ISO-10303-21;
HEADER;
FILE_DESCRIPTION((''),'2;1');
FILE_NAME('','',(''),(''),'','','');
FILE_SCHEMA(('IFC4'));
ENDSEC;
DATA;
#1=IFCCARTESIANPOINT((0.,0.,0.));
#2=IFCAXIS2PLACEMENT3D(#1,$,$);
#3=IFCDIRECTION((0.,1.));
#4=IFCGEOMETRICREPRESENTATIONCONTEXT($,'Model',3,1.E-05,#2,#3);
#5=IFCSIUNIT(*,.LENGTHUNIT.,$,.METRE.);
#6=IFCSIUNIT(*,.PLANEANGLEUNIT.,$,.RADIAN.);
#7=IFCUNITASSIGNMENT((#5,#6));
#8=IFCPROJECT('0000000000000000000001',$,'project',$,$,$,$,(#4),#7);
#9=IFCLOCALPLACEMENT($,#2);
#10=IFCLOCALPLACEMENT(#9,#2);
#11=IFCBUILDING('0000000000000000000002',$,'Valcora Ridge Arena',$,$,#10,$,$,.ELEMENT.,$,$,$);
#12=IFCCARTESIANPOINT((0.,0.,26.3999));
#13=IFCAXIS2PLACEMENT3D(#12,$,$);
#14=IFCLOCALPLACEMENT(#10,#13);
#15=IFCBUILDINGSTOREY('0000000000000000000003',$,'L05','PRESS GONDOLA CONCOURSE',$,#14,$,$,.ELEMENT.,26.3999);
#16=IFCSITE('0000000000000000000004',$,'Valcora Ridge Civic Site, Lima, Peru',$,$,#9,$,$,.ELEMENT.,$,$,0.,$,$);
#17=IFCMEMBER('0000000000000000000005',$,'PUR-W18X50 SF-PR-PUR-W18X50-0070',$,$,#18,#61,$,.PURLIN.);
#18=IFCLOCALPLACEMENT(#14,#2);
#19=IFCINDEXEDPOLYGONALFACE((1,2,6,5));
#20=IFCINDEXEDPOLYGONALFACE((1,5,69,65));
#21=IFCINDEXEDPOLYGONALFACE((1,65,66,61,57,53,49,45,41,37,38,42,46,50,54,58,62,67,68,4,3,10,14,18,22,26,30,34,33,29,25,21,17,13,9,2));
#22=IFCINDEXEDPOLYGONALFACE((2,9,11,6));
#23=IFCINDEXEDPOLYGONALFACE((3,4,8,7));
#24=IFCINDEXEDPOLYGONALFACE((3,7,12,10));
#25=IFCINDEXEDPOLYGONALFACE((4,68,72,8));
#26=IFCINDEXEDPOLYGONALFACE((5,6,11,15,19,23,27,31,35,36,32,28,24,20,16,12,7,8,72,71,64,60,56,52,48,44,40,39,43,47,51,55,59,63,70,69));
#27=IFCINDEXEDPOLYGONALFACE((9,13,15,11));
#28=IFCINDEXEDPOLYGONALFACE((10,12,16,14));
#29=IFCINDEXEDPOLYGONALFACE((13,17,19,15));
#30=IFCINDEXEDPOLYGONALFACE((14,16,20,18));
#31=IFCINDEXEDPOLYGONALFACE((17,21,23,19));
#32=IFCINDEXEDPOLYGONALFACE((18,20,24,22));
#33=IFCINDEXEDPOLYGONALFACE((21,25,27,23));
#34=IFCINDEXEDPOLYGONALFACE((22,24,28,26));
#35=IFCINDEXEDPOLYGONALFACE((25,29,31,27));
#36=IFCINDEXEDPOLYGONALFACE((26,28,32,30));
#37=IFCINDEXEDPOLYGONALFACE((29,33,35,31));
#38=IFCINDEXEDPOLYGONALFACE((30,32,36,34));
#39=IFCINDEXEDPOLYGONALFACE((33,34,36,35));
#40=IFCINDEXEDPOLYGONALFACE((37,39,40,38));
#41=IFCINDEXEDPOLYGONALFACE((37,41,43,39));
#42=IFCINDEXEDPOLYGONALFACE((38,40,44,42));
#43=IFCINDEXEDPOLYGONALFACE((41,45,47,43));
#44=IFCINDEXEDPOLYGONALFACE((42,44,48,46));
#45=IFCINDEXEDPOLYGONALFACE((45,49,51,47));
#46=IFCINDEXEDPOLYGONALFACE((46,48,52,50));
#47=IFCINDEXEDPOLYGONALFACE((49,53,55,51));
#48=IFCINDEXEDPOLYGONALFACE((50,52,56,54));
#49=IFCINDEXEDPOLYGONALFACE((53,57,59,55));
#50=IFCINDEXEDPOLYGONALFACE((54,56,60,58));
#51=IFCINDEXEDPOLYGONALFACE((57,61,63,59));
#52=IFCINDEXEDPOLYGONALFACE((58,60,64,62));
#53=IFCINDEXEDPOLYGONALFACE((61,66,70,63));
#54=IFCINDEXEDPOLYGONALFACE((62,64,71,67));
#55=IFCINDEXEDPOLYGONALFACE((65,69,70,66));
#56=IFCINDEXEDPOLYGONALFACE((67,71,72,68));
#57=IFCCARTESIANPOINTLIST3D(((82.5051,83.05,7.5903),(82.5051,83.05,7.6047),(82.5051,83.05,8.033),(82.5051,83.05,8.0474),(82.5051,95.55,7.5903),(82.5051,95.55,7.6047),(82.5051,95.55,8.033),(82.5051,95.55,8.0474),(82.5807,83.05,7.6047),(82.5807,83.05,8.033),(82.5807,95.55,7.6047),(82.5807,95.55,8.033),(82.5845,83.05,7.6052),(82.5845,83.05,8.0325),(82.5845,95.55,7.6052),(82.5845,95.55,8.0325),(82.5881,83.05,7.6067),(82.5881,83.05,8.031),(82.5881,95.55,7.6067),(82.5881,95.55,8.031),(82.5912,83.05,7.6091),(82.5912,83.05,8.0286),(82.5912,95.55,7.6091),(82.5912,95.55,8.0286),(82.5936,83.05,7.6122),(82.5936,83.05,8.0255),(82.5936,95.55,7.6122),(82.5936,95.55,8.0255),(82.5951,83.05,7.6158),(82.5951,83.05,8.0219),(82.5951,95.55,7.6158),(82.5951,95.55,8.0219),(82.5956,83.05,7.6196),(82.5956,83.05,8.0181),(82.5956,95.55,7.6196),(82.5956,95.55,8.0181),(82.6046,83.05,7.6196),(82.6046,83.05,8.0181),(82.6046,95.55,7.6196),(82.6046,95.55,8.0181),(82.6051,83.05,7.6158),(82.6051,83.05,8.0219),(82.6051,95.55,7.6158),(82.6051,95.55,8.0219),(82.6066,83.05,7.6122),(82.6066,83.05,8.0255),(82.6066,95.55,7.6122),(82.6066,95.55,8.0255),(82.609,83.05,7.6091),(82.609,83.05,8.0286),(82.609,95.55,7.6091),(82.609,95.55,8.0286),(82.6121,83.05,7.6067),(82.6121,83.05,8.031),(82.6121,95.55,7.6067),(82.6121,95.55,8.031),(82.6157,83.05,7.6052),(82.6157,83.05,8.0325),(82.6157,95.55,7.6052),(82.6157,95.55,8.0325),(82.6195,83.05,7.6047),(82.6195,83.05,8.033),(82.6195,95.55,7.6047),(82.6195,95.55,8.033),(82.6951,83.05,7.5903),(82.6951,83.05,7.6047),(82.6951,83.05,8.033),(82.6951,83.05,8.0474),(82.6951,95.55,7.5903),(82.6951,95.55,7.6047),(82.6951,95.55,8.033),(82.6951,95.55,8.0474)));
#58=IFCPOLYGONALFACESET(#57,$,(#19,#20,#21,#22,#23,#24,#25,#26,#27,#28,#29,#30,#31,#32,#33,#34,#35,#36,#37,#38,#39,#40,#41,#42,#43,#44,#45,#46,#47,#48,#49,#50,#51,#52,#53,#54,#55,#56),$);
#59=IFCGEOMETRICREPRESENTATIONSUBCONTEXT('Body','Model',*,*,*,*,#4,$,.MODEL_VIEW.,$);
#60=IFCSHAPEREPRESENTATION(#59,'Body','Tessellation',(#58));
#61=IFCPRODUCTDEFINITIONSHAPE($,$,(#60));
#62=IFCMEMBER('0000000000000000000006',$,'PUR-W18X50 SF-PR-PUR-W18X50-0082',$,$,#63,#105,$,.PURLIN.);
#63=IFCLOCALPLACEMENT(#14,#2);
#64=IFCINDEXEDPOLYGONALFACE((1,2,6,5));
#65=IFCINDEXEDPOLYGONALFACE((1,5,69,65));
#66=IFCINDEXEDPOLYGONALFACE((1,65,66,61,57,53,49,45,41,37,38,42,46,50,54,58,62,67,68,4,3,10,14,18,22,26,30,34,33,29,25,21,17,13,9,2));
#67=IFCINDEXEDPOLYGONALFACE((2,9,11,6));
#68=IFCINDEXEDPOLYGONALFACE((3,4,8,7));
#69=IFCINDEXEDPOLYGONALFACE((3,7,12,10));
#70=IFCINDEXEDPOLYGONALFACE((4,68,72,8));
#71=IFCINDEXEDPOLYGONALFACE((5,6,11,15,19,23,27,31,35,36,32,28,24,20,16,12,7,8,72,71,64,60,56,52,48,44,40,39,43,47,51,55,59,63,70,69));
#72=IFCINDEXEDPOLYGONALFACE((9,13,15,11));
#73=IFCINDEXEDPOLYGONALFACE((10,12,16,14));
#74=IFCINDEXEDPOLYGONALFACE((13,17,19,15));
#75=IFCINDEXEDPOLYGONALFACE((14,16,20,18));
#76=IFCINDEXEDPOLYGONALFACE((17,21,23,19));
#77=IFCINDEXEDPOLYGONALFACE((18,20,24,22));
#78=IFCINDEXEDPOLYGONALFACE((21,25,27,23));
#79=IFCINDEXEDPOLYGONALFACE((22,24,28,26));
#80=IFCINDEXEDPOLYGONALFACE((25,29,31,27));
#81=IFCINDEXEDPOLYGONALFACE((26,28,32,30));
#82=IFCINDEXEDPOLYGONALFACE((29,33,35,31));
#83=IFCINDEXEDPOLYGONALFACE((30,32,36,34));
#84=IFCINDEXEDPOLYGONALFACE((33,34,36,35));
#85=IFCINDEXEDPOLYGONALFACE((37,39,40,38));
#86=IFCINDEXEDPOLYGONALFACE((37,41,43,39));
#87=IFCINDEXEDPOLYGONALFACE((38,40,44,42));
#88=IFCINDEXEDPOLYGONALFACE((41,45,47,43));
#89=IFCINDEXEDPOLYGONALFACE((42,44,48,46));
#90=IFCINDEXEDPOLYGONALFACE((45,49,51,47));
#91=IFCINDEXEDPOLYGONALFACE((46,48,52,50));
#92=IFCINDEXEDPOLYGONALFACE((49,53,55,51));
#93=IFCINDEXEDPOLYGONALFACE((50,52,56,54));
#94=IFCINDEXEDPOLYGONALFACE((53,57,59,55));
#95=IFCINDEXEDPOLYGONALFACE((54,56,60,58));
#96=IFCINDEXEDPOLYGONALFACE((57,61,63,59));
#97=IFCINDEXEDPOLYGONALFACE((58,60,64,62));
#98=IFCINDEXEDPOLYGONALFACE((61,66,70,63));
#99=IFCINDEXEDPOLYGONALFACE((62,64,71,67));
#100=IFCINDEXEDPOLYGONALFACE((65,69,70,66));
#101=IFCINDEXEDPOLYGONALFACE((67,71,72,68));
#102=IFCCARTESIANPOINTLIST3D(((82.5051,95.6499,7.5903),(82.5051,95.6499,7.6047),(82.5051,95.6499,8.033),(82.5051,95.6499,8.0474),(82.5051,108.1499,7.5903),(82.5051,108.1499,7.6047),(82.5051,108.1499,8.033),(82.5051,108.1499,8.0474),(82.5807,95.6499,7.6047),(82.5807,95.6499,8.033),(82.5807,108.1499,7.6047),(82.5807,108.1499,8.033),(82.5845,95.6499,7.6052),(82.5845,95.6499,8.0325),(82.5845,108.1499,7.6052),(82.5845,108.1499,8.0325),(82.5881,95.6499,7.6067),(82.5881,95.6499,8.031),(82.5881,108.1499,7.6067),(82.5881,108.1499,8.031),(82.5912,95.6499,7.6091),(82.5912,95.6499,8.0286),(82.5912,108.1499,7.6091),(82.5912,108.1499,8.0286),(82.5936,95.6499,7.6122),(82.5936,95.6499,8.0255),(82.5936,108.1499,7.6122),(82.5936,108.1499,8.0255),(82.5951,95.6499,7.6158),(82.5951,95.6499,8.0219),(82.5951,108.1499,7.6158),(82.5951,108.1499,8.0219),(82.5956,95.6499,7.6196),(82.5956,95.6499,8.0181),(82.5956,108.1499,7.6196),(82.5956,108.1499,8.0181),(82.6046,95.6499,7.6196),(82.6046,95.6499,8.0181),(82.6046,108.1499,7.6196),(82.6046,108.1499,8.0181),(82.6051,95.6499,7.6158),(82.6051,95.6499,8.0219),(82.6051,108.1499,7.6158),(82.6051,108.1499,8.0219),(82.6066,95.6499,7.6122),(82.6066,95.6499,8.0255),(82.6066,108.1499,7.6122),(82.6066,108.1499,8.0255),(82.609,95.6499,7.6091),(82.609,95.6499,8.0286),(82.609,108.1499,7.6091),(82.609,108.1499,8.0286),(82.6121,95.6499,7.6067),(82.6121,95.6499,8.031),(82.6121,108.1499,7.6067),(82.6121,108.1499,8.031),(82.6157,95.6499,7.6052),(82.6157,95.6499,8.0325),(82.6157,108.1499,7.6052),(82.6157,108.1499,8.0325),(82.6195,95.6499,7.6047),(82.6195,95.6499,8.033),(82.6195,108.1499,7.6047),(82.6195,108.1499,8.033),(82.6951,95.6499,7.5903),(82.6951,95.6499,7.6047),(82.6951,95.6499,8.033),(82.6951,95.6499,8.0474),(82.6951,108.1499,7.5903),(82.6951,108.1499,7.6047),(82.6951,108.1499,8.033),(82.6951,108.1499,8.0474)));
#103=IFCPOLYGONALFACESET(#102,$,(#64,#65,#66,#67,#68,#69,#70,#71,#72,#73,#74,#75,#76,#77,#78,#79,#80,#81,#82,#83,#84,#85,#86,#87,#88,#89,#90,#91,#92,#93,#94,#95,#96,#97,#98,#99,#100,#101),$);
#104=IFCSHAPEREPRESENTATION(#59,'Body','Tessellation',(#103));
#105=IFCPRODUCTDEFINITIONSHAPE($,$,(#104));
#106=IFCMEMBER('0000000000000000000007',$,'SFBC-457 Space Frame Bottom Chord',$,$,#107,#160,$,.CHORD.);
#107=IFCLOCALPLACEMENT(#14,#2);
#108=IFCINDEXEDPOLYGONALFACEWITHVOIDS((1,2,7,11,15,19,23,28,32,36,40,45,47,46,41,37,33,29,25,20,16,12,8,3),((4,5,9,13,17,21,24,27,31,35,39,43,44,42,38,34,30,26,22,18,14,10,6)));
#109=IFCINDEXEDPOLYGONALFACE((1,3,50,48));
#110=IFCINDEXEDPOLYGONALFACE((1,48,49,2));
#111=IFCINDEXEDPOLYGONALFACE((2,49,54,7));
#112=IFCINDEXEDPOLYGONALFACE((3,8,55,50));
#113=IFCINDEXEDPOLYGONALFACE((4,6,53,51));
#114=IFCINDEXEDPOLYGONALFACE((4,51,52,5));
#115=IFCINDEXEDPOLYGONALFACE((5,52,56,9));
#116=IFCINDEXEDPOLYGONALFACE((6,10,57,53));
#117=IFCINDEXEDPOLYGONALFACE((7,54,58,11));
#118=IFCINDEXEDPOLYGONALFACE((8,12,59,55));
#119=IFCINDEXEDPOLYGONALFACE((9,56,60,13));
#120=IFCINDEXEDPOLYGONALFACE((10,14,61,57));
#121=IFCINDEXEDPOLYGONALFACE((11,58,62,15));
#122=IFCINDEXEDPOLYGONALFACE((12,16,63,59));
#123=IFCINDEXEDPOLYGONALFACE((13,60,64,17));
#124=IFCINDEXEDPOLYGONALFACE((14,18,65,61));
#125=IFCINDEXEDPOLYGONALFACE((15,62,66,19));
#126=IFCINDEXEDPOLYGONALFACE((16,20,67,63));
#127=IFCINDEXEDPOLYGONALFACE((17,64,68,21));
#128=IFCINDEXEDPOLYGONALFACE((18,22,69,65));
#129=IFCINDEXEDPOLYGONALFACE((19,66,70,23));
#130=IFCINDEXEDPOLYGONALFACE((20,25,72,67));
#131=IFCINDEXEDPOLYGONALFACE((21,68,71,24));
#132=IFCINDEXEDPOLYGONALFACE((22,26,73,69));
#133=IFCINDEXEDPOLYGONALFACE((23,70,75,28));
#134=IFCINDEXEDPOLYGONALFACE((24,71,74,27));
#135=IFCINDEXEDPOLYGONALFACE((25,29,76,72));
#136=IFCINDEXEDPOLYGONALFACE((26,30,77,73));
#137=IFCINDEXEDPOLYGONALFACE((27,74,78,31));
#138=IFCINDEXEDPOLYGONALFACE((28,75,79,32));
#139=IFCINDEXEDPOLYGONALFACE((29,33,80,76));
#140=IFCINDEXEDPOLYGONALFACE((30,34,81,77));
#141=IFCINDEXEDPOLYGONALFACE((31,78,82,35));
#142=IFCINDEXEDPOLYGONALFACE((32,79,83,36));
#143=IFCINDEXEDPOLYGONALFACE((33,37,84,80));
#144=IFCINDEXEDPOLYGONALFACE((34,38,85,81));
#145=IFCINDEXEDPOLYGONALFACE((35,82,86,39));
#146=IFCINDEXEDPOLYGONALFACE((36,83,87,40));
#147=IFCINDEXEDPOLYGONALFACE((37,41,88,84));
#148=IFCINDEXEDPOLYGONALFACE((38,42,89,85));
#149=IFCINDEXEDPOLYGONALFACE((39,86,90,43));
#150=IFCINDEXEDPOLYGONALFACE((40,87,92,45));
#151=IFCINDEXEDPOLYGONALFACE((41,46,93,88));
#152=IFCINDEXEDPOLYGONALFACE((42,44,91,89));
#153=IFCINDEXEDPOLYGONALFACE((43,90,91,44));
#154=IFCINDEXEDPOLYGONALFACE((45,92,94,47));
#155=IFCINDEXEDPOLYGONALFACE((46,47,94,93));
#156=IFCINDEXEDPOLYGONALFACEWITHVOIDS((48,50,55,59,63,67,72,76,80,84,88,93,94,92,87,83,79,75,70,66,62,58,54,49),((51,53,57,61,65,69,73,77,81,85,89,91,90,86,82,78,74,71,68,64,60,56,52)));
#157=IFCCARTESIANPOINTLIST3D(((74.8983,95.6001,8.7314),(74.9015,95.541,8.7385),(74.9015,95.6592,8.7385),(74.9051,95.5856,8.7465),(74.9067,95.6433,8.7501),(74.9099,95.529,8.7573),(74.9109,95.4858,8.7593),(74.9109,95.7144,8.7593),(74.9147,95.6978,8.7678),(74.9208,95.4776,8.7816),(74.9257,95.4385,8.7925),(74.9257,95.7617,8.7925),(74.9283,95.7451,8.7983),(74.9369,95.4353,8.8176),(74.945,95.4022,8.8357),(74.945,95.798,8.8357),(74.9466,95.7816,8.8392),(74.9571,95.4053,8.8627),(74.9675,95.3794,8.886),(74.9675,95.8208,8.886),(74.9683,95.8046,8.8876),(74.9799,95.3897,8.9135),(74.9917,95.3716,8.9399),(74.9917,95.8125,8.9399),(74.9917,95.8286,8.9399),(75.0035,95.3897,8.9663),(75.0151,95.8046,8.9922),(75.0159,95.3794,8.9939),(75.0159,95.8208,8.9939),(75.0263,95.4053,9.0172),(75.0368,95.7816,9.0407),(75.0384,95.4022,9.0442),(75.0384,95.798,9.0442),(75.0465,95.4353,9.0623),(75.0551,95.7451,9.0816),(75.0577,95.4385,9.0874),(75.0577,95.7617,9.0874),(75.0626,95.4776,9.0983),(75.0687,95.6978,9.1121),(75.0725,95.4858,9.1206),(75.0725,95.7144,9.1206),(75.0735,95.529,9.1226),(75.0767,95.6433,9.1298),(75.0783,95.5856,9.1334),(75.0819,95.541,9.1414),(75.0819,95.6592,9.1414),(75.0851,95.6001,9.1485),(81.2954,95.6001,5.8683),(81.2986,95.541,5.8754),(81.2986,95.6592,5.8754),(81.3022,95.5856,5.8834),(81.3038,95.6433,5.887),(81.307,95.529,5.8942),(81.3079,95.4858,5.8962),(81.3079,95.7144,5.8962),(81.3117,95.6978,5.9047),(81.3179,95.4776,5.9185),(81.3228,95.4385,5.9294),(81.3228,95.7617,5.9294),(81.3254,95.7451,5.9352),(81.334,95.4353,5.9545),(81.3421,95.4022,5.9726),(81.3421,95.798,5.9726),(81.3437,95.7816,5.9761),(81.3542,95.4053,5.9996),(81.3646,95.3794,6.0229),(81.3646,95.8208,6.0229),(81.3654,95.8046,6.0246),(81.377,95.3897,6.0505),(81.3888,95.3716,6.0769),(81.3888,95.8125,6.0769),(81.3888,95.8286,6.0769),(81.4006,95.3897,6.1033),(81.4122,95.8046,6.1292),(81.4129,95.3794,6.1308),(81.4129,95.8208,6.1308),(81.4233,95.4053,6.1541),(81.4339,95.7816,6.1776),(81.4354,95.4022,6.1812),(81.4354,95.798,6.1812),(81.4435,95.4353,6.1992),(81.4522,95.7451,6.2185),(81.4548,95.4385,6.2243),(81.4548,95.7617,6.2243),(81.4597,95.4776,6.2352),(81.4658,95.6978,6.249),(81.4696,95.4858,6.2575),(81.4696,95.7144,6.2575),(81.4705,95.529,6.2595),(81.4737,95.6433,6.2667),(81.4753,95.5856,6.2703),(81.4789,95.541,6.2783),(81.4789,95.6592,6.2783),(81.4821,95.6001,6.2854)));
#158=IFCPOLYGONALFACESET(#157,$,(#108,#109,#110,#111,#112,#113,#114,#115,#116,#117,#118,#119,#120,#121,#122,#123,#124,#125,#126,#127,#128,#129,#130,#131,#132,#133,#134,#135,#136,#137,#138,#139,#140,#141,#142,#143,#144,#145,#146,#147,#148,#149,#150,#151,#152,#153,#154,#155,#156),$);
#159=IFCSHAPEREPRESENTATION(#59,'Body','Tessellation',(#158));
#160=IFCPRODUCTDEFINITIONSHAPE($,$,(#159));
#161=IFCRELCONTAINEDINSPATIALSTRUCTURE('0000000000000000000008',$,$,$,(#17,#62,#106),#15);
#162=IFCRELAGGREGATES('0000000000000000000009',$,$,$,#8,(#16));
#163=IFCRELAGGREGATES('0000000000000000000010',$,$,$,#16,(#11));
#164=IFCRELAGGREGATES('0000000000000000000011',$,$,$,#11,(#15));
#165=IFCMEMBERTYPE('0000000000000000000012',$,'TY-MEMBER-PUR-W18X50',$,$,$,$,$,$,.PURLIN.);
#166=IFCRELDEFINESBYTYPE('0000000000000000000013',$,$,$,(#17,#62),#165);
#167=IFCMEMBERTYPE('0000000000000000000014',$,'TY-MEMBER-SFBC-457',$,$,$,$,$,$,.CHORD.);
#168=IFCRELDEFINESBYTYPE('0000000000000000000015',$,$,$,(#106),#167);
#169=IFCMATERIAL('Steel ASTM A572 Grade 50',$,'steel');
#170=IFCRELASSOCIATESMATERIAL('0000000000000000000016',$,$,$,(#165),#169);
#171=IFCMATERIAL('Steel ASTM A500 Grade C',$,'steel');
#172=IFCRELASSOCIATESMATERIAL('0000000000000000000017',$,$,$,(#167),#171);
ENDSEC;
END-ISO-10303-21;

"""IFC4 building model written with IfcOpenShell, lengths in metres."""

from ifc_helpers import new_model, si_unit, direction, frame, origin, origin_2d, place, context, subcontext, project, spatial, hollow_circle, i_section, extrude, material, material_profile, profile_set, type_object, element, save


model = new_model("IFC4")

# Units and contexts
model_context = context("Model", 3, precision=1e-05, world=origin(), true_north=direction((0.0, 1.0)))
body_context = subcontext(model_context, "Body", "Model", "MODEL_VIEW")
ifc_project = project(units=[si_unit("LENGTHUNIT", "METRE"), si_unit("PLANEANGLEUNIT", "RADIAN")], contexts=[model_context])

# Site, building, storey
site_placement = place(None, origin())
site = spatial("IfcSite", under=ifc_project, at=site_placement, Name="Valcora Ridge Civic Site, Lima, Peru", CompositionType="ELEMENT", RefElevation=0.0)
building_placement = place(site_placement, origin())
building = spatial("IfcBuilding", under=site, at=building_placement, Name="Valcora Ridge Arena", CompositionType="ELEMENT")
storey_placement = place(building_placement, frame((0.0, 0.0, 26.3999)))
storey = spatial("IfcBuildingStorey", under=building, at=storey_placement, Name="L05", Description="PRESS GONDOLA CONCOURSE", CompositionType="ELEMENT", Elevation=26.3999)

# Members
ifc_material_1 = material(Name="Steel ASTM A572 Grade 50", Category="steel")
ifc_material_profile_1 = material_profile(ifc_material_1, i_section(OverallWidth=0.1899, OverallDepth=0.457, WebThickness=0.009, FlangeThickness=0.0144, FilletRadius=0.0149, at=origin_2d()), Name="W18X50")
ifc_profile_set_1 = profile_set([ifc_material_profile_1], Name="Steel ASTM A572 Grade 50")
member_type_1 = type_object("IfcMemberType", Name="TY-MEMBER-PUR-W18X50", PredefinedType="PURLIN", material=ifc_profile_set_1)
for number, where, z_axis, x_axis, name in (
    (1, (82.6001, 83.05, 7.8188), (0.0, 1.0, 0.0), (-1.0, 0.0, 0.0), "PUR-W18X50 SF-PR-PUR-W18X50-0070"),
    (2, (82.6001, 95.6499, 7.8188), (0.0, 1.0, 0.0), (-1.0, 0.0, 0.0), "PUR-W18X50 SF-PR-PUR-W18X50-0082"),
):
    element("IfcMember", number, at=place(storey_placement, frame(where, z_axis=z_axis, x_axis=x_axis)), inside=storey, type_object=member_type_1, Name=name, PredefinedType="PURLIN", context=body_context, shape_type="SweptSolid", body=[
        extrude(i_section(OverallWidth=0.1899, OverallDepth=0.457, WebThickness=0.009, FlangeThickness=0.0144, FilletRadius=0.0149, at=origin_2d()), origin(), (0.0, 0.0, 1.0), 12.5),
    ])
ifc_material_2 = material(Name="Steel ASTM A500 Grade C", Category="steel")
ifc_material_profile_2 = material_profile(ifc_material_2, hollow_circle(Radius=0.2285, WallThickness=0.0161, at=origin_2d()), Name="CHS457X16")
ifc_profile_set_2 = profile_set([ifc_material_profile_2], Name="Steel ASTM A500 Grade C")
member_type_2 = type_object("IfcMemberType", Name="TY-MEMBER-SFBC-457", PredefinedType="CHORD", material=ifc_profile_set_2)
member_1_placement = place(storey_placement, frame((74.9917, 95.6001, 8.9399), z_axis=(0.912753, 0.0, -0.408513), x_axis=(0.0, 1.0, 0.0)))
element("IfcMember", 3, at=member_1_placement, inside=storey, type_object=member_type_2, Name="SFBC-457 Space Frame Bottom Chord", PredefinedType="CHORD", context=body_context, shape_type="SweptSolid", body=[
    extrude(hollow_circle(Radius=0.2285, WallThickness=0.0161, at=origin_2d()), origin(), (0.0, 0.0, 1.0), 7.0085),
])

save(model, "model.ifc")
